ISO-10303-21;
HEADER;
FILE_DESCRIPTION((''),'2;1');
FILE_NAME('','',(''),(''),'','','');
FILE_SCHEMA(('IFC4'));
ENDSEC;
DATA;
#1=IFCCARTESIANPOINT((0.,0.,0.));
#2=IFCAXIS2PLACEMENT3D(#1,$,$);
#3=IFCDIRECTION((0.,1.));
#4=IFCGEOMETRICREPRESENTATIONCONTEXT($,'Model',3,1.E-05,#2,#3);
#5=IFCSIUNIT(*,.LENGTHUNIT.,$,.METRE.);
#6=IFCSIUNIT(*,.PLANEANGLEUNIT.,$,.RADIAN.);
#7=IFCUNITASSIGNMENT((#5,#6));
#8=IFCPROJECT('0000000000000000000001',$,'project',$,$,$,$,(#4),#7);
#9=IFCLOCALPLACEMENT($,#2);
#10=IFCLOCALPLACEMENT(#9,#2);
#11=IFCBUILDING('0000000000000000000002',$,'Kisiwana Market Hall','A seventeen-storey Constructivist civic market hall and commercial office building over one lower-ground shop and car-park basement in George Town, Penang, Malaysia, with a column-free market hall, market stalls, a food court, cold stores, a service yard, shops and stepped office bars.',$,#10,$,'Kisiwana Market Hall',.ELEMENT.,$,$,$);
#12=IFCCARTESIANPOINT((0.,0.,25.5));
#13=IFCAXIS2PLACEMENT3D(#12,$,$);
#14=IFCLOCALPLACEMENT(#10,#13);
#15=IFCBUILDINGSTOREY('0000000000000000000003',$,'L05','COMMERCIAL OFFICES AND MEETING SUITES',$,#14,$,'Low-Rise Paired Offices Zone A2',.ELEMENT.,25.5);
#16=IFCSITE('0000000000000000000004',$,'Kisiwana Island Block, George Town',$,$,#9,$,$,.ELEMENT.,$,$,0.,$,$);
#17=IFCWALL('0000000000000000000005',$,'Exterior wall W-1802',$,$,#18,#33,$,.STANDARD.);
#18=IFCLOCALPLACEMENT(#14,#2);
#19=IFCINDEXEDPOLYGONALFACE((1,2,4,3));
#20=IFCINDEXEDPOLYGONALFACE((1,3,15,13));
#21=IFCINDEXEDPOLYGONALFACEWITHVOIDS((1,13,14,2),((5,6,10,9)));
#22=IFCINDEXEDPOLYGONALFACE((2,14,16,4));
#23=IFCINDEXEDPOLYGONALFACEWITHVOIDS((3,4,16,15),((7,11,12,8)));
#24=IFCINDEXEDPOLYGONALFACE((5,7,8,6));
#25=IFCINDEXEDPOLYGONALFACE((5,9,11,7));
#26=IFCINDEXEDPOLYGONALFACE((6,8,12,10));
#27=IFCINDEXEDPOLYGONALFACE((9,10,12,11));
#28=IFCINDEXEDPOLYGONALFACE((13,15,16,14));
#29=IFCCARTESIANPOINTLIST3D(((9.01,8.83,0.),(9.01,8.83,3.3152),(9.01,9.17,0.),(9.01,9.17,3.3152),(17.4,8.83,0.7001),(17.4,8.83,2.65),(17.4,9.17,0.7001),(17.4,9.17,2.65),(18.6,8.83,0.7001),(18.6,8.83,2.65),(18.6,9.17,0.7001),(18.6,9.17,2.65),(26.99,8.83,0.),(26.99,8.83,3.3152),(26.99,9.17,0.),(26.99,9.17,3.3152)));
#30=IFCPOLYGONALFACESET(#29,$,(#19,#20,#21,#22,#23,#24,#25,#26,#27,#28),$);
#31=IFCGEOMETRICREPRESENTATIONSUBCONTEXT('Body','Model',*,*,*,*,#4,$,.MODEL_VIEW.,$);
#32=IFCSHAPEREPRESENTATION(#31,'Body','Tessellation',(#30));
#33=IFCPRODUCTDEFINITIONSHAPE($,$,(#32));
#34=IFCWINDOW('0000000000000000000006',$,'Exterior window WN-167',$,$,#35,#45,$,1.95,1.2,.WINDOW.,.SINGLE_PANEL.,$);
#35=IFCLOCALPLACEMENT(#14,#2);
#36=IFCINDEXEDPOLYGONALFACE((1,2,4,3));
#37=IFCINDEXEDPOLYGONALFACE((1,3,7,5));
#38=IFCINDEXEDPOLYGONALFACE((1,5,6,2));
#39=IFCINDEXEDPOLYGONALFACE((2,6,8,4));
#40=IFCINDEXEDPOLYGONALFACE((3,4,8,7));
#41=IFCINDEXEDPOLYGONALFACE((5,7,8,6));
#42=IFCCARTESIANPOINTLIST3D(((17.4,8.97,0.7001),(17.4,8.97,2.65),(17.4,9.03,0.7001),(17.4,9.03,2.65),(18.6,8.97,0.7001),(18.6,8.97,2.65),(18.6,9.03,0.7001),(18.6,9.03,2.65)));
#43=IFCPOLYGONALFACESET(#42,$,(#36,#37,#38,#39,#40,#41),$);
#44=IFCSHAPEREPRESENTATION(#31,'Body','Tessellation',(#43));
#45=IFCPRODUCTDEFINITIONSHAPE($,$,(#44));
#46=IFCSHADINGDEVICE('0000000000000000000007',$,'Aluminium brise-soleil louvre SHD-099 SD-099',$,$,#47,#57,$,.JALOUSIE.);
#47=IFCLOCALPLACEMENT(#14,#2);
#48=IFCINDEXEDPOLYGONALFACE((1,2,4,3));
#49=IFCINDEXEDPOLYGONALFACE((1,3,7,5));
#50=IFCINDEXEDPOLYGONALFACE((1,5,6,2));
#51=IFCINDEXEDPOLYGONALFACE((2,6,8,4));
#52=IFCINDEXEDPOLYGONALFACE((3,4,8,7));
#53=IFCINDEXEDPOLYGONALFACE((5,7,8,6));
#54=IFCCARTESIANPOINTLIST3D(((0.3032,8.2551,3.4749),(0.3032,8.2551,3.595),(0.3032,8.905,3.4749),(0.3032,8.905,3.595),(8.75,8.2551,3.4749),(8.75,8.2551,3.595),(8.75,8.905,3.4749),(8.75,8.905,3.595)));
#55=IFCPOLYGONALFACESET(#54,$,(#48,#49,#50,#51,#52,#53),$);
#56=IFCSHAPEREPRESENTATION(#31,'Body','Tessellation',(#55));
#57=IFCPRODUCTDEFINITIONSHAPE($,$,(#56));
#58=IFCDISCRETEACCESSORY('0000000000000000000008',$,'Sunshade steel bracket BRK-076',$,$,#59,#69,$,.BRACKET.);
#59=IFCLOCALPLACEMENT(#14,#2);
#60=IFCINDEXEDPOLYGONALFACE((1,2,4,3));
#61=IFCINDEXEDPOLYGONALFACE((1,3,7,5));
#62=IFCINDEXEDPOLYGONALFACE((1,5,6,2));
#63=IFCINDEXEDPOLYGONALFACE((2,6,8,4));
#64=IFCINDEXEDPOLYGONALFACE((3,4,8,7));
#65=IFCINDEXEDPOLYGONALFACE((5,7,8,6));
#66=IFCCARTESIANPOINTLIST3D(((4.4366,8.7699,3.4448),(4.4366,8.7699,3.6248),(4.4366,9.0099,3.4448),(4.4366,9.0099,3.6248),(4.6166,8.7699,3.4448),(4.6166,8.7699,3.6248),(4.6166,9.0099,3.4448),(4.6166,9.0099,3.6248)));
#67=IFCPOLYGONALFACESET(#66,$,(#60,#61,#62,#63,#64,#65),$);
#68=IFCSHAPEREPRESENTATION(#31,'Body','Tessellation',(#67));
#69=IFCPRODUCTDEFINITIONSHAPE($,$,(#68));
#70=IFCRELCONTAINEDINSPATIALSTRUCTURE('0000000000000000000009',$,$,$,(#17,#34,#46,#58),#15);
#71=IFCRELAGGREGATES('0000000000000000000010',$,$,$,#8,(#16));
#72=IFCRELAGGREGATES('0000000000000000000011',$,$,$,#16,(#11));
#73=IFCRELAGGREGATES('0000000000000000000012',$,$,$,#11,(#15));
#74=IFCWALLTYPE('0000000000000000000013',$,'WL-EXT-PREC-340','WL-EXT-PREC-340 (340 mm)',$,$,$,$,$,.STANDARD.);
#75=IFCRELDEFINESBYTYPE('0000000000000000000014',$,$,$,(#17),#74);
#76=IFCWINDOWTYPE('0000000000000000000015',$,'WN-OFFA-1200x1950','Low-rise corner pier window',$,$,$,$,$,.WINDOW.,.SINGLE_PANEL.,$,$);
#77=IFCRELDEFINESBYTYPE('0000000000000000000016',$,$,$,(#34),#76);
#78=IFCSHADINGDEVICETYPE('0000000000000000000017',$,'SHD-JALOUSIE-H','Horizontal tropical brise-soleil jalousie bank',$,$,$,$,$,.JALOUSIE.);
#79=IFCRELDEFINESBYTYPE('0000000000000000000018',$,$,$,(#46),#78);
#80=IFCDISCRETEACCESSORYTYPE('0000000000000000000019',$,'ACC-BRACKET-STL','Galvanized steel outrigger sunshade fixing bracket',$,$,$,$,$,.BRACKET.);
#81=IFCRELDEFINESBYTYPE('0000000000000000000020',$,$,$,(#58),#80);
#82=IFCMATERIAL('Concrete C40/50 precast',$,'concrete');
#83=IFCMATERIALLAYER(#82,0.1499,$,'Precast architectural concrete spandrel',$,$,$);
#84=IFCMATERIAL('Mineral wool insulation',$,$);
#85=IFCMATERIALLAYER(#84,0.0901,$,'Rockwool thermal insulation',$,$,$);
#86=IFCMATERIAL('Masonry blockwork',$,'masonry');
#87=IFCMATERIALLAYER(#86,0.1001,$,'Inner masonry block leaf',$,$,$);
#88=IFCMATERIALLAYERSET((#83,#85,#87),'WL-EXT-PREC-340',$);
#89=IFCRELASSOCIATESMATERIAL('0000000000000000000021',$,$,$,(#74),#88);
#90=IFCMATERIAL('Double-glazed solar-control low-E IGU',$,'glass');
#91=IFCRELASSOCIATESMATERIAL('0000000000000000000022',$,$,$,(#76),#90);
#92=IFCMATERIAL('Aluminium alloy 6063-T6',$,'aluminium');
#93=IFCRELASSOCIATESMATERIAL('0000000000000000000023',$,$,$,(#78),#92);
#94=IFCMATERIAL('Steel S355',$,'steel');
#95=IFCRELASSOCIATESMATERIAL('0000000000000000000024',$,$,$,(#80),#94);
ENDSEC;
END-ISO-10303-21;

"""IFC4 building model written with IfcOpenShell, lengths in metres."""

from ifc_helpers import new_model, si_unit, direction, frame, frame_2d, origin, origin_2d, place, context, subcontext, project, spatial, rectangle, extrude, material, layer, layer_set, type_object, element, fill, save


model = new_model("IFC4")

# Units and contexts
model_context = context("Model", 3, precision=1e-05, world=origin(), true_north=direction((0.0, 1.0)))
body_context = subcontext(model_context, "Body", "Model", "MODEL_VIEW")
ifc_project = project(units=[si_unit("LENGTHUNIT", "METRE"), si_unit("PLANEANGLEUNIT", "RADIAN")], contexts=[model_context])

# Site, building, storey
site_placement = place(None, origin())
site = spatial("IfcSite", under=ifc_project, at=site_placement, Name="Kisiwana Island Block, George Town", CompositionType="ELEMENT", RefElevation=0.0)
building_placement = place(site_placement, origin())
building = spatial("IfcBuilding", under=site, at=building_placement, Name="Kisiwana Market Hall", Description="A seventeen-storey Constructivist civic market hall and commercial office building over one lower-ground shop and car-park basement in George Town, Penang, Malaysia, with a column-free market hall, market stalls, a food court, cold stores, a service yard, shops and stepped office bars.", LongName="Kisiwana Market Hall", CompositionType="ELEMENT")
storey_placement = place(building_placement, frame((0.0, 0.0, 25.5)))
storey = spatial("IfcBuildingStorey", under=building, at=storey_placement, Name="L05", Description="COMMERCIAL OFFICES AND MEETING SUITES", LongName="Low-Rise Paired Offices Zone A2", CompositionType="ELEMENT", Elevation=25.5)

# Wall, opening, window
ifc_material_1 = material(Name="Concrete C40/50 precast", Category="concrete")
ifc_layer_1 = layer(ifc_material_1, 0.1499, Name="Precast architectural concrete spandrel")
ifc_material_2 = material(Name="Mineral wool insulation")
ifc_layer_2 = layer(ifc_material_2, 0.0901, Name="Rockwool thermal insulation")
ifc_material_3 = material(Name="Masonry blockwork", Category="masonry")
ifc_layer_3 = layer(ifc_material_3, 0.1001, Name="Inner masonry block leaf")
ifc_layer_set_1 = layer_set([ifc_layer_1, ifc_layer_2, ifc_layer_3], Name="WL-EXT-PREC-340")
wall_type_1 = type_object("IfcWallType", Name="WL-EXT-PREC-340", Description="WL-EXT-PREC-340 (340 mm)", PredefinedType="STANDARD", material=ifc_layer_set_1)
wall_1_placement = place(storey_placement, frame((9.01, 9.0, 0.0), z_axis=(0.0, 0.0, 1.0), x_axis=(1.0, 0.0, 0.0)))
wall_1 = element("IfcWall", 1, at=wall_1_placement, inside=storey, type_object=wall_type_1, Name="Exterior wall W-1802", PredefinedType="STANDARD", context=body_context, shape_type="SweptSolid", body=[
    extrude(rectangle(XDim=17.98, YDim=0.3401, at=frame_2d((8.99, 0.0))), origin(), (0.0, 0.0, 1.0), 3.3152),
])
opening_1_placement = place(wall_1_placement, frame((8.3899, 0.0, 0.7)))
opening_1 = element("IfcOpeningElement", 2, at=opening_1_placement, cuts=wall_1, PredefinedType="OPENING", context=body_context, shape_type="SweptSolid", body=[
    extrude(rectangle(XDim=1.2, YDim=1.95, at=frame_2d((0.6001, 0.9751))), frame((0.0, 0.1821, 0.0), z_axis=(0.0, -1.0, 0.0), x_axis=(1.0, 0.0, 0.0)), (0.0, 0.0, 1.0), 0.364),
])
ifc_material_4 = material(Name="Double-glazed solar-control low-E IGU", Category="glass")
window_type = type_object("IfcWindowType", Name="WN-OFFA-1200x1950", Description="Low-rise corner pier window", PartitioningType="SINGLE_PANEL", PredefinedType="WINDOW", material=ifc_material_4)
window_placement = place(opening_1_placement, origin())
window = element("IfcWindow", 3, at=window_placement, inside=storey, type_object=window_type, Name="Exterior window WN-167", OverallHeight=1.95, OverallWidth=1.2, PartitioningType="SINGLE_PANEL", PredefinedType="WINDOW", context=body_context, shape_type="SweptSolid", body=[
    extrude(rectangle(XDim=1.2, YDim=1.95, at=frame_2d((0.6001, 0.9751))), frame((0.0, 0.03, 0.0), z_axis=(0.0, -1.0, 0.0), x_axis=(1.0, 0.0, 0.0)), (0.0, 0.0, 1.0), 0.0601),
])
fill(opening_1, window)

# Shading device
ifc_material_5 = material(Name="Aluminium alloy 6063-T6", Category="aluminium")
shading_device_type = type_object("IfcShadingDeviceType", Name="SHD-JALOUSIE-H", Description="Horizontal tropical brise-soleil jalousie bank", PredefinedType="JALOUSIE", material=ifc_material_5)
shading_device_placement = place(storey_placement, frame((4.5266, 8.5801, 3.4749), z_axis=(0.0, 0.0, 1.0), x_axis=(1.0, 0.0, 0.0)))
element("IfcShadingDevice", 4, at=shading_device_placement, inside=storey, type_object=shading_device_type, Name="Aluminium brise-soleil louvre SHD-099 SD-099", PredefinedType="JALOUSIE", context=body_context, shape_type="SweptSolid", body=[
    extrude(rectangle(XDim=8.4468, YDim=0.6499, at=origin_2d()), origin(), (0.0, 0.0, 1.0), 0.1201),
])

# Discrete accessory
ifc_material_6 = material(Name="Steel S355", Category="steel")
discrete_accessory_type = type_object("IfcDiscreteAccessoryType", Name="ACC-BRACKET-STL", Description="Galvanized steel outrigger sunshade fixing bracket", PredefinedType="BRACKET", material=ifc_material_6)
discrete_accessory_placement = place(storey_placement, frame((4.5266, 8.8899, 3.4448), z_axis=(0.0, 0.0, 1.0), x_axis=(1.0, 0.0, 0.0)))
element("IfcDiscreteAccessory", 5, at=discrete_accessory_placement, inside=storey, type_object=discrete_accessory_type, Name="Sunshade steel bracket BRK-076", PredefinedType="BRACKET", context=body_context, shape_type="SweptSolid", body=[
    extrude(rectangle(XDim=0.1799, YDim=0.24, at=origin_2d()), origin(), (0.0, 0.0, 1.0), 0.1799),
])

save(model, "model.ifc")
